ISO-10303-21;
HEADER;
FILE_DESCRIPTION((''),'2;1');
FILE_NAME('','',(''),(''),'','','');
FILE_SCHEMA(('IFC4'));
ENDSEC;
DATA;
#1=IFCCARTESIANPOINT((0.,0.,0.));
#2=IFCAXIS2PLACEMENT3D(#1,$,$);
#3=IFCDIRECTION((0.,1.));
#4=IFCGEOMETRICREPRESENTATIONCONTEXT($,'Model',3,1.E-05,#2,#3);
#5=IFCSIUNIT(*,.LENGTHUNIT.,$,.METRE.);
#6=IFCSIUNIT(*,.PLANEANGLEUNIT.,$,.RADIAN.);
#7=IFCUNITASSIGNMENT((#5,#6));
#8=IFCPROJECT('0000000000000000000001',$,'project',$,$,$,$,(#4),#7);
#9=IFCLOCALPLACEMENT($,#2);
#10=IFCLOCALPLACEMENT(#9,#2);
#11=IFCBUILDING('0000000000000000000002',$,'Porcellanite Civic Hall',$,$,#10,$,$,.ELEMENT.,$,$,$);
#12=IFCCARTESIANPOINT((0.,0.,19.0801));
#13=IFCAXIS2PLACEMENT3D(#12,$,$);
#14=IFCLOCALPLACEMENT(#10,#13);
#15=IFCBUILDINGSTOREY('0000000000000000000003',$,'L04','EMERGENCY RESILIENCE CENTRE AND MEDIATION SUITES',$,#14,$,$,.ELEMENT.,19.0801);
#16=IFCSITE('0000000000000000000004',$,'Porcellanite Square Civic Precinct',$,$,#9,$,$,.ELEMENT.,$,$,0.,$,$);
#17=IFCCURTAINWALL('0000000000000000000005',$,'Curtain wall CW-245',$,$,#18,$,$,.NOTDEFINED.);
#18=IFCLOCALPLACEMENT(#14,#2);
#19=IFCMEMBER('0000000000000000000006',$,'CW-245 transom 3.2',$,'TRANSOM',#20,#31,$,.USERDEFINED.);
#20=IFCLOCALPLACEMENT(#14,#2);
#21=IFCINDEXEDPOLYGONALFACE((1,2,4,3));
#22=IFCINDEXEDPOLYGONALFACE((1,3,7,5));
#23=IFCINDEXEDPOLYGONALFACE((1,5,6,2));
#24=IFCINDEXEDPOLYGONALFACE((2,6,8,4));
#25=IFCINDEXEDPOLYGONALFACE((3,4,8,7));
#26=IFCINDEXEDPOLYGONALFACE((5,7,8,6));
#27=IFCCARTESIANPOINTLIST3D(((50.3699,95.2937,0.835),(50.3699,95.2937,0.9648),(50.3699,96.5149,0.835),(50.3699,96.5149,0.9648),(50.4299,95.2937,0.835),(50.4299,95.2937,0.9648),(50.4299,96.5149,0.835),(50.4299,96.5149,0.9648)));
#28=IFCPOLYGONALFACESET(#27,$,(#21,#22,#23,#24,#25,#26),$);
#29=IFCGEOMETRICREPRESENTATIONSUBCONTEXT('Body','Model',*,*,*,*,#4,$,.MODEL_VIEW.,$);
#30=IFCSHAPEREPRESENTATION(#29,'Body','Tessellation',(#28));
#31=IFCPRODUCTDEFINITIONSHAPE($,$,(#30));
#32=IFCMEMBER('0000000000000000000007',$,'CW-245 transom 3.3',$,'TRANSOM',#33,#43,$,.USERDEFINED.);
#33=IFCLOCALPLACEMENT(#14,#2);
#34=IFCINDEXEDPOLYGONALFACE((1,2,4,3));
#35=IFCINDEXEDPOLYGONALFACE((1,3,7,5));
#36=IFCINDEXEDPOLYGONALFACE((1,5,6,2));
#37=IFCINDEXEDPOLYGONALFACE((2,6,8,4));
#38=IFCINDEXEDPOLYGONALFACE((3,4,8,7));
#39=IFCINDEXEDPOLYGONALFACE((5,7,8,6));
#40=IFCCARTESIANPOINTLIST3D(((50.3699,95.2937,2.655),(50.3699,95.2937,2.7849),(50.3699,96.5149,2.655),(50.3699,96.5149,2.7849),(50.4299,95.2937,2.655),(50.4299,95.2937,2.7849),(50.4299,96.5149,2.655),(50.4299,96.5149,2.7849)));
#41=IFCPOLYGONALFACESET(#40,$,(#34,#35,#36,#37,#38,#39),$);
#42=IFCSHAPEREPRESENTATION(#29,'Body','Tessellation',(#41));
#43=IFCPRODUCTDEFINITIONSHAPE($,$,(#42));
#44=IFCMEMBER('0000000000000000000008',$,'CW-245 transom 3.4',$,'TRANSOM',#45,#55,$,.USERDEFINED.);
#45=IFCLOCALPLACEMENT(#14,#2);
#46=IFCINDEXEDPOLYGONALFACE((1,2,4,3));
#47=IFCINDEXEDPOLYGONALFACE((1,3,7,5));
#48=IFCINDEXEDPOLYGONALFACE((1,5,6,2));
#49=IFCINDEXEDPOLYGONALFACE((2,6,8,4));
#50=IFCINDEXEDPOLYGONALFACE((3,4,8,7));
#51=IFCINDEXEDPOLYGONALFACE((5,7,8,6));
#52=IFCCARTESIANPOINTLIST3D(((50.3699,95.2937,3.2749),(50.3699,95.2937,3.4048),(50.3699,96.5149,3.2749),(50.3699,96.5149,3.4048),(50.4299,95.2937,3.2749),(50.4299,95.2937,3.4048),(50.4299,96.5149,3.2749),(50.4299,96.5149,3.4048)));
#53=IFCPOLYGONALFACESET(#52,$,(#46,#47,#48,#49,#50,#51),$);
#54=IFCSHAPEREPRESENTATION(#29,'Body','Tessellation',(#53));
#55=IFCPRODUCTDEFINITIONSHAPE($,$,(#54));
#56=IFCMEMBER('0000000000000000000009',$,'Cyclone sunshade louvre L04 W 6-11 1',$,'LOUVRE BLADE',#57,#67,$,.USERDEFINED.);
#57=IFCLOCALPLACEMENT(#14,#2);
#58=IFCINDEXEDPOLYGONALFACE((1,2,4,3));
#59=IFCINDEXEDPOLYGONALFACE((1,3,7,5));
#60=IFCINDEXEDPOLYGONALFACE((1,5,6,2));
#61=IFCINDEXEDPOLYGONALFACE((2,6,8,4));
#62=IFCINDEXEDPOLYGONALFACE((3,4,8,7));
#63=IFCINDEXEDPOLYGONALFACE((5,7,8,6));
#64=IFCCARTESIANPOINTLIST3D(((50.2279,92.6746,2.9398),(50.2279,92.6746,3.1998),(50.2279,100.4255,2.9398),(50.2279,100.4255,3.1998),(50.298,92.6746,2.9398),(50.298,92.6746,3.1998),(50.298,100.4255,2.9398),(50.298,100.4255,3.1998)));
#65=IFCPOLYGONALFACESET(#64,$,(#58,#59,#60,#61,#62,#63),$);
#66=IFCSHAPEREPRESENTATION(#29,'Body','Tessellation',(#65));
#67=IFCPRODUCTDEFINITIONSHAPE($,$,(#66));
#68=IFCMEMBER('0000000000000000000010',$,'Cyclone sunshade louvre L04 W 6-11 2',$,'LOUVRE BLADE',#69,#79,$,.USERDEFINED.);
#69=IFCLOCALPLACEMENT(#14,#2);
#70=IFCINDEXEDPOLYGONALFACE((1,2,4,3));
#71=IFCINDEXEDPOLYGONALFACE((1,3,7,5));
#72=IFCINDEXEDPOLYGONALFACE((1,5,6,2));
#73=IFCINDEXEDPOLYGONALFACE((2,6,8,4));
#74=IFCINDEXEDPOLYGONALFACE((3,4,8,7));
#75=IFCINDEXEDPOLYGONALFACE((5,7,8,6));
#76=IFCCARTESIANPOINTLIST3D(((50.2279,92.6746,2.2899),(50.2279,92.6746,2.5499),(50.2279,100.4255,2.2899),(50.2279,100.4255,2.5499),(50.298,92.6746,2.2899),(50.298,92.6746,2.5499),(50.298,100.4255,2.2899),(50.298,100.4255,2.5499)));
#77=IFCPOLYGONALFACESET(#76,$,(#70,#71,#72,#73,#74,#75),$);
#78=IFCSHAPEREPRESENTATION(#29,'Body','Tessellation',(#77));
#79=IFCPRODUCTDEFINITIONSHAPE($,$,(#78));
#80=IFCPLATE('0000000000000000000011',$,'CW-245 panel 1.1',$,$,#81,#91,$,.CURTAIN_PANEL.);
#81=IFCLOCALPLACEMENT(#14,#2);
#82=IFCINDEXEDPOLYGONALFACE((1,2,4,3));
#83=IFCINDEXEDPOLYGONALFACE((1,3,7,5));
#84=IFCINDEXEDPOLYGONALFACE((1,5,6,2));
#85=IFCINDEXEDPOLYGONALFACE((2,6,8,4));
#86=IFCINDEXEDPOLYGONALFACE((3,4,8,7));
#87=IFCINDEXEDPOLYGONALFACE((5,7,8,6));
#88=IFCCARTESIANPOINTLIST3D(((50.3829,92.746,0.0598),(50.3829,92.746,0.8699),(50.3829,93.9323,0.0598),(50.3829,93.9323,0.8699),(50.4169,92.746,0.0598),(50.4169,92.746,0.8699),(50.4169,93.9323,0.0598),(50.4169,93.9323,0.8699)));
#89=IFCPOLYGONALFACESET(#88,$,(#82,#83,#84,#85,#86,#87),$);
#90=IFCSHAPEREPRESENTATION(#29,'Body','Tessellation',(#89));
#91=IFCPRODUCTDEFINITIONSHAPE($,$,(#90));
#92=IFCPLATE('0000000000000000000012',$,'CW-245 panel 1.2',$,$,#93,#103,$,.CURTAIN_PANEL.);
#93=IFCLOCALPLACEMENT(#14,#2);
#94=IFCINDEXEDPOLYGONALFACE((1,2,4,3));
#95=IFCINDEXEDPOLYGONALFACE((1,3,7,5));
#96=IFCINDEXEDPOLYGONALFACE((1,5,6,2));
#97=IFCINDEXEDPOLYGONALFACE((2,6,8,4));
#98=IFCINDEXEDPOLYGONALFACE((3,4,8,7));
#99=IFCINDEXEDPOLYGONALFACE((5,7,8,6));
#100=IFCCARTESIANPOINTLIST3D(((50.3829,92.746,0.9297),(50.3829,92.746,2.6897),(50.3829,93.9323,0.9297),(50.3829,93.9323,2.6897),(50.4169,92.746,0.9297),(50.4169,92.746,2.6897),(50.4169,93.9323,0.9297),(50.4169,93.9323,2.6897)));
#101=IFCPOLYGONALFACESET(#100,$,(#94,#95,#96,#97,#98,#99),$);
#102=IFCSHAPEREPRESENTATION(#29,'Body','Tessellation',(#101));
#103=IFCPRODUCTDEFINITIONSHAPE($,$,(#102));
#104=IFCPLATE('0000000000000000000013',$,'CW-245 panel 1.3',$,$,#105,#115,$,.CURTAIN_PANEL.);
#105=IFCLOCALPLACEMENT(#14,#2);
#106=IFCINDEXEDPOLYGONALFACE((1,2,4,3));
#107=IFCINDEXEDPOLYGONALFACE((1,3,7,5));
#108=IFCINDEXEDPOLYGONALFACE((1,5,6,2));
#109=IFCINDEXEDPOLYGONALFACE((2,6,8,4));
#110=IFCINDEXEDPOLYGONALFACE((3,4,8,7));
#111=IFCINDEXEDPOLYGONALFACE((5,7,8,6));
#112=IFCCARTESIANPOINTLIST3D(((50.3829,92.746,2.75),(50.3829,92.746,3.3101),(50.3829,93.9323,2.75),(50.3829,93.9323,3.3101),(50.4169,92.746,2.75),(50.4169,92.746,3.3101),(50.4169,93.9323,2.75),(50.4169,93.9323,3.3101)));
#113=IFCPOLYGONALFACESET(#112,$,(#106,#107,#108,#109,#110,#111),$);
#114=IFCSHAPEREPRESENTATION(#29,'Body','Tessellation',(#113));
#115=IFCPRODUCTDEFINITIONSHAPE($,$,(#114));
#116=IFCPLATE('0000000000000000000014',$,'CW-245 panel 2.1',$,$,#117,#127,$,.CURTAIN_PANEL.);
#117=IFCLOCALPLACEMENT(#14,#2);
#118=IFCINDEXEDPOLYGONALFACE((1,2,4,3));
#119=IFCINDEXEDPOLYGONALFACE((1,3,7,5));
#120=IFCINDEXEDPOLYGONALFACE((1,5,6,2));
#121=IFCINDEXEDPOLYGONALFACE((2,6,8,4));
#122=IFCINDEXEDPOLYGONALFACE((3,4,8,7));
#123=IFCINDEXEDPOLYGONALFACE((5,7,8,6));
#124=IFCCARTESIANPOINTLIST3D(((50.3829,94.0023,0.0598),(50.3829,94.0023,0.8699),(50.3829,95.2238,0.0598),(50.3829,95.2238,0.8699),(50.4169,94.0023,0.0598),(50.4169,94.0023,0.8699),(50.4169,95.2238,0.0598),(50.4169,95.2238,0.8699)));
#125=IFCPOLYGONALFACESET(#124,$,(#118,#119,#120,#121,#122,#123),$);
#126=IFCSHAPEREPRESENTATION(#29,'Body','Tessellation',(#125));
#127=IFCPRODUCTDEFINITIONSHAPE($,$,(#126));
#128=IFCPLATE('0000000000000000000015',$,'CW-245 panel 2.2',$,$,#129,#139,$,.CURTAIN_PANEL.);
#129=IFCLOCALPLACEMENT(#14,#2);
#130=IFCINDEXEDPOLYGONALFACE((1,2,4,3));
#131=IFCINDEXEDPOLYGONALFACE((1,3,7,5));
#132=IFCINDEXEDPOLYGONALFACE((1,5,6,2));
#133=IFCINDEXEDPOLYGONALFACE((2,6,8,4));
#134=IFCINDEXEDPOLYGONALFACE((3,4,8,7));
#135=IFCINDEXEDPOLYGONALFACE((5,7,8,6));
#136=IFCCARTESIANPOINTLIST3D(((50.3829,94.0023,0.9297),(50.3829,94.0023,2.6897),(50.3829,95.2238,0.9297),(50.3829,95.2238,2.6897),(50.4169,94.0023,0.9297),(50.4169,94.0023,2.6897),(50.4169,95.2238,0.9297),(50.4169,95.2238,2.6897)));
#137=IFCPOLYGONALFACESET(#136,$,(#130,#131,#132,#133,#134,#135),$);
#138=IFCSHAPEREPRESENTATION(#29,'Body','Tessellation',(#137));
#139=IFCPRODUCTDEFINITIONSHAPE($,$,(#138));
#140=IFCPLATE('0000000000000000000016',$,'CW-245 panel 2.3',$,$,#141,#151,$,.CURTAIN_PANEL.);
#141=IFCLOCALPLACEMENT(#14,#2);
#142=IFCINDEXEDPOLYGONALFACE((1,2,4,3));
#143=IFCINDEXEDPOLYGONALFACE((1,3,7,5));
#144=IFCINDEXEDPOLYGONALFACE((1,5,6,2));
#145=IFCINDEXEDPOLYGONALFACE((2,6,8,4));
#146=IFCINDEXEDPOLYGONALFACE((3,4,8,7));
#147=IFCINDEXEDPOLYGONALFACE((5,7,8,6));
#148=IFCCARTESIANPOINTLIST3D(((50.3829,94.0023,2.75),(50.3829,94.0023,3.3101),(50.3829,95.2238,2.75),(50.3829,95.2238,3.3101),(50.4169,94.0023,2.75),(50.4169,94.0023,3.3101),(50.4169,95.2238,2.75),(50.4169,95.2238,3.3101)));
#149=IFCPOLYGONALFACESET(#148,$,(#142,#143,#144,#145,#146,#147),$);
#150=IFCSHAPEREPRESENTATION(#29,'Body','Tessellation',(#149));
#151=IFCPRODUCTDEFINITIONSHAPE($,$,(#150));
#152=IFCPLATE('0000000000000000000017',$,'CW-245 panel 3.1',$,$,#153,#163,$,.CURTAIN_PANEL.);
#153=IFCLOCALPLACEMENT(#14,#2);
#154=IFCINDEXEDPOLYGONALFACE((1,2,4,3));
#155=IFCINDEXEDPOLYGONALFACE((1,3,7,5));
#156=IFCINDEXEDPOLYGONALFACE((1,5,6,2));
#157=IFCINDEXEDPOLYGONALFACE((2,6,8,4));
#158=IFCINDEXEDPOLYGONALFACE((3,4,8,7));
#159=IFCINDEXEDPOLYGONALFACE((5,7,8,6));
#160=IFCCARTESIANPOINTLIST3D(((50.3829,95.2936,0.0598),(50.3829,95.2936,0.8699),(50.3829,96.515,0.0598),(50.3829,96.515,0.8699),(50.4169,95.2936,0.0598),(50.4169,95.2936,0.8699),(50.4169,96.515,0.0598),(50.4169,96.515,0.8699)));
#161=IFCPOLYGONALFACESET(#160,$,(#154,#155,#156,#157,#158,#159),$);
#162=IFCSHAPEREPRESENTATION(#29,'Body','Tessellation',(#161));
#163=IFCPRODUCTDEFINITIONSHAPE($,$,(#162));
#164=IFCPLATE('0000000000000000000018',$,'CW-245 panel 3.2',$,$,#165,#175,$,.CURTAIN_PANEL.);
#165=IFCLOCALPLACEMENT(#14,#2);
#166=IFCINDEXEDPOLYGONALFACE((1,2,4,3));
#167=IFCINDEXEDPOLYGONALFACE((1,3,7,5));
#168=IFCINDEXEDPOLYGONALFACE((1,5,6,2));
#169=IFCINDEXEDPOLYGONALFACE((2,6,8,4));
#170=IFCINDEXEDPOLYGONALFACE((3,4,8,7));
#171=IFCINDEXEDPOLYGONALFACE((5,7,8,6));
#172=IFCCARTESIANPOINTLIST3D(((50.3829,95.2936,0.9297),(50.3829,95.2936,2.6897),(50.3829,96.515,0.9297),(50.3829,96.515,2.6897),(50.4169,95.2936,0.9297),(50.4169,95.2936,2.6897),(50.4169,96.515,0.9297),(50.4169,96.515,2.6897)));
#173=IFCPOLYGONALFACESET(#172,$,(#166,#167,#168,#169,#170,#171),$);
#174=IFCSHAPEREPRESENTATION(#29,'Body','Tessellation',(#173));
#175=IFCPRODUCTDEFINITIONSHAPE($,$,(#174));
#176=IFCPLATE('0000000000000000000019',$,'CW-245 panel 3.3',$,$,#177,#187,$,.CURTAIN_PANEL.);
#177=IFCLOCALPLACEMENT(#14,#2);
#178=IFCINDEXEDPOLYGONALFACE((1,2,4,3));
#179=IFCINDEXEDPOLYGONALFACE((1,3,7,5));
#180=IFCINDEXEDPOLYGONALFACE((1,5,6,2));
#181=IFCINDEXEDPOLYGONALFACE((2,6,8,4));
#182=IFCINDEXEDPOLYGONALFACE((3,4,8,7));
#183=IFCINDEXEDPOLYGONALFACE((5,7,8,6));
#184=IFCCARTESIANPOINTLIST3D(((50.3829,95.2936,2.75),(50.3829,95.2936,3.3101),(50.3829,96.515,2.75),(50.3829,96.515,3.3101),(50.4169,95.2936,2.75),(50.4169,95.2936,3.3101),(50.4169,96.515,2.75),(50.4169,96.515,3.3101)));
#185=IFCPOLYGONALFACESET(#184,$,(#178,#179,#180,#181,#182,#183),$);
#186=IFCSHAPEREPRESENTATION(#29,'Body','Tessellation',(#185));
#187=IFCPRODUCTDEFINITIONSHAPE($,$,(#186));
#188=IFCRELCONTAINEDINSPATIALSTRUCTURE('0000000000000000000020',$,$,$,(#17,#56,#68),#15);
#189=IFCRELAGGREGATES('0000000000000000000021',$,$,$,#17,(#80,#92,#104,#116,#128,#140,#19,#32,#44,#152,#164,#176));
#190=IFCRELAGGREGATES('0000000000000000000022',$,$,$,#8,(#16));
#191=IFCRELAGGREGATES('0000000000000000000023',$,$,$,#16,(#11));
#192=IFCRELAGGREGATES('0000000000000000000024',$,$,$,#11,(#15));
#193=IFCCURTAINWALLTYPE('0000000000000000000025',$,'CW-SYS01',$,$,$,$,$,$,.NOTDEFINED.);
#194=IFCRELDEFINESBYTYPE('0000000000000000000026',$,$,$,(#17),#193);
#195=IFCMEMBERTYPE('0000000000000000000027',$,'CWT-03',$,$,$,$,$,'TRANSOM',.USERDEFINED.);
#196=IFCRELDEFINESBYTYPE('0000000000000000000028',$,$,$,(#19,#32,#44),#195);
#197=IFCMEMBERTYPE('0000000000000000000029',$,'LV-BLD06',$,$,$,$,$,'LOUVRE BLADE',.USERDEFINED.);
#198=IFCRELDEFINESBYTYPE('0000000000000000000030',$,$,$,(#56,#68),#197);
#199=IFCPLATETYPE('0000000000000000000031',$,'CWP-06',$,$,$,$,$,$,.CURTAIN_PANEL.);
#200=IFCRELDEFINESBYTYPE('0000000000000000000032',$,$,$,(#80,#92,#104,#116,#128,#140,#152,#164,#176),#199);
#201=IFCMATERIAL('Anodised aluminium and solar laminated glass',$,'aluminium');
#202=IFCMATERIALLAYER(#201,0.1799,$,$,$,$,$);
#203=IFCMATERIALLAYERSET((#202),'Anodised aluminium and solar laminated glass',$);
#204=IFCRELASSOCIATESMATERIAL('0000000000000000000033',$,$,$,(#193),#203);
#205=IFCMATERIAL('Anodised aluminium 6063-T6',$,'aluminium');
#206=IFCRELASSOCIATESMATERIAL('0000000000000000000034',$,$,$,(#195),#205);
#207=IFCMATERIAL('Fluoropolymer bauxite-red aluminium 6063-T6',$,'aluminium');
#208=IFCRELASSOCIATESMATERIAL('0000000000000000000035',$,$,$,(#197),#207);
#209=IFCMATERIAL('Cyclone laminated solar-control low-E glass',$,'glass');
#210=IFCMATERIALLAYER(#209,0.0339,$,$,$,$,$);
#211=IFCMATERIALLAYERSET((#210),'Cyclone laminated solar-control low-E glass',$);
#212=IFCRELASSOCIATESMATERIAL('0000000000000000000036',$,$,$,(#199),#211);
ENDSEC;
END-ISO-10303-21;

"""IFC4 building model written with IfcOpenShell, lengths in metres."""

from ifc_helpers import new_model, si_unit, direction, frame, origin, origin_2d, place, context, subcontext, project, spatial, rectangle, extrude, material, layer, layer_set, material_profile, profile_set, type_object, element, aggregate, save


model = new_model("IFC4")

# Units and contexts
model_context = context("Model", 3, precision=1e-05, world=origin(), true_north=direction((0.0, 1.0)))
body_context = subcontext(model_context, "Body", "Model", "MODEL_VIEW")
ifc_project = project(units=[si_unit("LENGTHUNIT", "METRE"), si_unit("PLANEANGLEUNIT", "RADIAN")], contexts=[model_context])

# Site, building, storey
site_placement = place(None, origin())
site = spatial("IfcSite", under=ifc_project, at=site_placement, Name="Porcellanite Square Civic Precinct", CompositionType="ELEMENT", RefElevation=0.0)
building_placement = place(site_placement, origin())
building = spatial("IfcBuilding", under=site, at=building_placement, Name="Porcellanite Civic Hall", CompositionType="ELEMENT")
storey_placement = place(building_placement, frame((0.0, 0.0, 19.0801)))
storey = spatial("IfcBuildingStorey", under=building, at=storey_placement, Name="L04", Description="EMERGENCY RESILIENCE CENTRE AND MEDIATION SUITES", CompositionType="ELEMENT", Elevation=19.0801)

# Curtain wall, members
ifc_material_1 = material(Name="Anodised aluminium and solar laminated glass", Category="aluminium")
ifc_layer_1 = layer(ifc_material_1, 0.1799)
ifc_layer_set_1 = layer_set([ifc_layer_1], Name="Anodised aluminium and solar laminated glass")
curtain_wall_type = type_object("IfcCurtainWallType", Name="CW-SYS01", PredefinedType="NOTDEFINED", material=ifc_layer_set_1)
curtain_wall_placement = place(storey_placement, origin())
curtain_wall = element("IfcCurtainWall", 1, at=curtain_wall_placement, inside=storey, type_object=curtain_wall_type, Name="Curtain wall CW-245", PredefinedType="NOTDEFINED")
ifc_material_2 = material(Name="Anodised aluminium 6063-T6", Category="aluminium")
ifc_material_profile_1 = material_profile(ifc_material_2, rectangle(XDim=0.0601, YDim=0.1299, at=origin_2d()), Name="AL-60x130")
ifc_profile_set_1 = profile_set([ifc_material_profile_1], Name="Anodised aluminium 6063-T6")
member_type_1 = type_object("IfcMemberType", Name="CWT-03", ElementType="TRANSOM", PredefinedType="USERDEFINED", material=ifc_profile_set_1)
member_1_placement = place(storey_placement, frame((50.3999, 95.2937, 0.8999), z_axis=(0.0, 1.0, 0.0), x_axis=(-1.0, 0.0, 0.0)))
member_1 = element("IfcMember", 2, at=member_1_placement, type_object=member_type_1, Name="CW-245 transom 3.2", ObjectType="TRANSOM", PredefinedType="USERDEFINED", context=body_context, shape_type="SweptSolid", body=[
    extrude(rectangle(XDim=0.0601, YDim=0.1299, at=origin_2d()), origin(), (0.0, 0.0, 1.0), 1.2212),
])
member_2_placement = place(storey_placement, frame((50.3999, 95.2937, 2.72), z_axis=(0.0, 1.0, 0.0), x_axis=(-1.0, 0.0, 0.0)))
member_2 = element("IfcMember", 3, at=member_2_placement, type_object=member_type_1, Name="CW-245 transom 3.3", ObjectType="TRANSOM", PredefinedType="USERDEFINED", context=body_context, shape_type="SweptSolid", body=[
    extrude(rectangle(XDim=0.0601, YDim=0.1299, at=origin_2d()), origin(), (0.0, 0.0, 1.0), 1.2212),
])
member_3_placement = place(storey_placement, frame((50.3999, 95.2937, 3.3398), z_axis=(0.0, 1.0, 0.0), x_axis=(-1.0, 0.0, 0.0)))
member_3 = element("IfcMember", 4, at=member_3_placement, type_object=member_type_1, Name="CW-245 transom 3.4", ObjectType="TRANSOM", PredefinedType="USERDEFINED", context=body_context, shape_type="SweptSolid", body=[
    extrude(rectangle(XDim=0.0601, YDim=0.1299, at=origin_2d()), origin(), (0.0, 0.0, 1.0), 1.2212),
])

# Members
ifc_material_3 = material(Name="Fluoropolymer bauxite-red aluminium 6063-T6", Category="aluminium")
ifc_material_profile_2 = material_profile(ifc_material_3, rectangle(XDim=0.0701, YDim=0.26, at=origin_2d()), Name="AL-70x260")
ifc_profile_set_2 = profile_set([ifc_material_profile_2], Name="Fluoropolymer bauxite-red aluminium 6063-T6")
member_type_2 = type_object("IfcMemberType", Name="LV-BLD06", ElementType="LOUVRE BLADE", PredefinedType="USERDEFINED", material=ifc_profile_set_2)
for number, where, z_axis, x_axis, name in (
    (5, (50.2629, 92.6746, 3.0698), (0.0, 1.0, 0.0), (-1.0, 0.0, 0.0), "Cyclone sunshade louvre L04 W 6-11 1"),
    (6, (50.2629, 92.6746, 2.4199), (0.0, 1.0, 0.0), (-1.0, 0.0, 0.0), "Cyclone sunshade louvre L04 W 6-11 2"),
):
    element("IfcMember", number, at=place(storey_placement, frame(where, z_axis=z_axis, x_axis=x_axis)), inside=storey, type_object=member_type_2, Name=name, ObjectType="LOUVRE BLADE", PredefinedType="USERDEFINED", context=body_context, shape_type="SweptSolid", body=[
        extrude(rectangle(XDim=0.0701, YDim=0.26, at=origin_2d()), origin(), (0.0, 0.0, 1.0), 7.751),
    ])

# Plates
ifc_material_4 = material(Name="Cyclone laminated solar-control low-E glass", Category="glass")
ifc_layer_2 = layer(ifc_material_4, 0.0339)
ifc_layer_set_2 = layer_set([ifc_layer_2], Name="Cyclone laminated solar-control low-E glass")
plate_type = type_object("IfcPlateType", Name="CWP-06", PredefinedType="CURTAIN_PANEL", material=ifc_layer_set_2)
plate_1_placement = place(storey_placement, frame((50.3999, 93.3391, 0.0598), z_axis=(0.0, 0.0, 1.0), x_axis=(0.0, 1.0, 0.0)))
plate_1 = element("IfcPlate", 7, at=plate_1_placement, type_object=plate_type, Name="CW-245 panel 1.1", PredefinedType="CURTAIN_PANEL", context=body_context, shape_type="SweptSolid", body=[
    extrude(rectangle(XDim=1.1863, YDim=0.0339, at=origin_2d()), origin(), (0.0, 0.0, 1.0), 0.8101),
])
plate_2_placement = place(storey_placement, frame((50.3999, 93.3391, 0.9297), z_axis=(0.0, 0.0, 1.0), x_axis=(0.0, 1.0, 0.0)))
plate_2 = element("IfcPlate", 8, at=plate_2_placement, type_object=plate_type, Name="CW-245 panel 1.2", PredefinedType="CURTAIN_PANEL", context=body_context, shape_type="SweptSolid", body=[
    extrude(rectangle(XDim=1.1863, YDim=0.0339, at=origin_2d()), origin(), (0.0, 0.0, 1.0), 1.76),
])
plate_3_placement = place(storey_placement, frame((50.3999, 93.3391, 2.75), z_axis=(0.0, 0.0, 1.0), x_axis=(0.0, 1.0, 0.0)))
plate_3 = element("IfcPlate", 9, at=plate_3_placement, type_object=plate_type, Name="CW-245 panel 1.3", PredefinedType="CURTAIN_PANEL", context=body_context, shape_type="SweptSolid", body=[
    extrude(rectangle(XDim=1.1863, YDim=0.0339, at=origin_2d()), origin(), (0.0, 0.0, 1.0), 0.5601),
])
plate_4_placement = place(storey_placement, frame((50.3999, 94.613, 0.0598), z_axis=(0.0, 0.0, 1.0), x_axis=(0.0, 1.0, 0.0)))
plate_4 = element("IfcPlate", 10, at=plate_4_placement, type_object=plate_type, Name="CW-245 panel 2.1", PredefinedType="CURTAIN_PANEL", context=body_context, shape_type="SweptSolid", body=[
    extrude(rectangle(XDim=1.2214, YDim=0.0339, at=origin_2d()), origin(), (0.0, 0.0, 1.0), 0.8101),
])
plate_5_placement = place(storey_placement, frame((50.3999, 94.613, 0.9297), z_axis=(0.0, 0.0, 1.0), x_axis=(0.0, 1.0, 0.0)))
plate_5 = element("IfcPlate", 11, at=plate_5_placement, type_object=plate_type, Name="CW-245 panel 2.2", PredefinedType="CURTAIN_PANEL", context=body_context, shape_type="SweptSolid", body=[
    extrude(rectangle(XDim=1.2214, YDim=0.0339, at=origin_2d()), origin(), (0.0, 0.0, 1.0), 1.76),
])
plate_6_placement = place(storey_placement, frame((50.3999, 94.613, 2.75), z_axis=(0.0, 0.0, 1.0), x_axis=(0.0, 1.0, 0.0)))
plate_6 = element("IfcPlate", 12, at=plate_6_placement, type_object=plate_type, Name="CW-245 panel 2.3", PredefinedType="CURTAIN_PANEL", context=body_context, shape_type="SweptSolid", body=[
    extrude(rectangle(XDim=1.2214, YDim=0.0339, at=origin_2d()), origin(), (0.0, 0.0, 1.0), 0.5601),
])
plate_7_placement = place(storey_placement, frame((50.3999, 95.9043, 0.0598), z_axis=(0.0, 0.0, 1.0), x_axis=(0.0, 1.0, 0.0)))
plate_7 = element("IfcPlate", 13, at=plate_7_placement, type_object=plate_type, Name="CW-245 panel 3.1", PredefinedType="CURTAIN_PANEL", context=body_context, shape_type="SweptSolid", body=[
    extrude(rectangle(XDim=1.2214, YDim=0.0339, at=origin_2d()), origin(), (0.0, 0.0, 1.0), 0.8101),
])
plate_8_placement = place(storey_placement, frame((50.3999, 95.9043, 0.9297), z_axis=(0.0, 0.0, 1.0), x_axis=(0.0, 1.0, 0.0)))
plate_8 = element("IfcPlate", 14, at=plate_8_placement, type_object=plate_type, Name="CW-245 panel 3.2", PredefinedType="CURTAIN_PANEL", context=body_context, shape_type="SweptSolid", body=[
    extrude(rectangle(XDim=1.2214, YDim=0.0339, at=origin_2d()), origin(), (0.0, 0.0, 1.0), 1.76),
])
plate_9_placement = place(storey_placement, frame((50.3999, 95.9043, 2.75), z_axis=(0.0, 0.0, 1.0), x_axis=(0.0, 1.0, 0.0)))
plate_9 = element("IfcPlate", 15, at=plate_9_placement, type_object=plate_type, Name="CW-245 panel 3.3", PredefinedType="CURTAIN_PANEL", context=body_context, shape_type="SweptSolid", body=[
    extrude(rectangle(XDim=1.2214, YDim=0.0339, at=origin_2d()), origin(), (0.0, 0.0, 1.0), 0.5601),
])
aggregate(curtain_wall, [plate_1, plate_2, plate_3, plate_4, plate_5, plate_6, member_1, member_2, member_3, plate_7, plate_8, plate_9])

save(model, "model.ifc")
